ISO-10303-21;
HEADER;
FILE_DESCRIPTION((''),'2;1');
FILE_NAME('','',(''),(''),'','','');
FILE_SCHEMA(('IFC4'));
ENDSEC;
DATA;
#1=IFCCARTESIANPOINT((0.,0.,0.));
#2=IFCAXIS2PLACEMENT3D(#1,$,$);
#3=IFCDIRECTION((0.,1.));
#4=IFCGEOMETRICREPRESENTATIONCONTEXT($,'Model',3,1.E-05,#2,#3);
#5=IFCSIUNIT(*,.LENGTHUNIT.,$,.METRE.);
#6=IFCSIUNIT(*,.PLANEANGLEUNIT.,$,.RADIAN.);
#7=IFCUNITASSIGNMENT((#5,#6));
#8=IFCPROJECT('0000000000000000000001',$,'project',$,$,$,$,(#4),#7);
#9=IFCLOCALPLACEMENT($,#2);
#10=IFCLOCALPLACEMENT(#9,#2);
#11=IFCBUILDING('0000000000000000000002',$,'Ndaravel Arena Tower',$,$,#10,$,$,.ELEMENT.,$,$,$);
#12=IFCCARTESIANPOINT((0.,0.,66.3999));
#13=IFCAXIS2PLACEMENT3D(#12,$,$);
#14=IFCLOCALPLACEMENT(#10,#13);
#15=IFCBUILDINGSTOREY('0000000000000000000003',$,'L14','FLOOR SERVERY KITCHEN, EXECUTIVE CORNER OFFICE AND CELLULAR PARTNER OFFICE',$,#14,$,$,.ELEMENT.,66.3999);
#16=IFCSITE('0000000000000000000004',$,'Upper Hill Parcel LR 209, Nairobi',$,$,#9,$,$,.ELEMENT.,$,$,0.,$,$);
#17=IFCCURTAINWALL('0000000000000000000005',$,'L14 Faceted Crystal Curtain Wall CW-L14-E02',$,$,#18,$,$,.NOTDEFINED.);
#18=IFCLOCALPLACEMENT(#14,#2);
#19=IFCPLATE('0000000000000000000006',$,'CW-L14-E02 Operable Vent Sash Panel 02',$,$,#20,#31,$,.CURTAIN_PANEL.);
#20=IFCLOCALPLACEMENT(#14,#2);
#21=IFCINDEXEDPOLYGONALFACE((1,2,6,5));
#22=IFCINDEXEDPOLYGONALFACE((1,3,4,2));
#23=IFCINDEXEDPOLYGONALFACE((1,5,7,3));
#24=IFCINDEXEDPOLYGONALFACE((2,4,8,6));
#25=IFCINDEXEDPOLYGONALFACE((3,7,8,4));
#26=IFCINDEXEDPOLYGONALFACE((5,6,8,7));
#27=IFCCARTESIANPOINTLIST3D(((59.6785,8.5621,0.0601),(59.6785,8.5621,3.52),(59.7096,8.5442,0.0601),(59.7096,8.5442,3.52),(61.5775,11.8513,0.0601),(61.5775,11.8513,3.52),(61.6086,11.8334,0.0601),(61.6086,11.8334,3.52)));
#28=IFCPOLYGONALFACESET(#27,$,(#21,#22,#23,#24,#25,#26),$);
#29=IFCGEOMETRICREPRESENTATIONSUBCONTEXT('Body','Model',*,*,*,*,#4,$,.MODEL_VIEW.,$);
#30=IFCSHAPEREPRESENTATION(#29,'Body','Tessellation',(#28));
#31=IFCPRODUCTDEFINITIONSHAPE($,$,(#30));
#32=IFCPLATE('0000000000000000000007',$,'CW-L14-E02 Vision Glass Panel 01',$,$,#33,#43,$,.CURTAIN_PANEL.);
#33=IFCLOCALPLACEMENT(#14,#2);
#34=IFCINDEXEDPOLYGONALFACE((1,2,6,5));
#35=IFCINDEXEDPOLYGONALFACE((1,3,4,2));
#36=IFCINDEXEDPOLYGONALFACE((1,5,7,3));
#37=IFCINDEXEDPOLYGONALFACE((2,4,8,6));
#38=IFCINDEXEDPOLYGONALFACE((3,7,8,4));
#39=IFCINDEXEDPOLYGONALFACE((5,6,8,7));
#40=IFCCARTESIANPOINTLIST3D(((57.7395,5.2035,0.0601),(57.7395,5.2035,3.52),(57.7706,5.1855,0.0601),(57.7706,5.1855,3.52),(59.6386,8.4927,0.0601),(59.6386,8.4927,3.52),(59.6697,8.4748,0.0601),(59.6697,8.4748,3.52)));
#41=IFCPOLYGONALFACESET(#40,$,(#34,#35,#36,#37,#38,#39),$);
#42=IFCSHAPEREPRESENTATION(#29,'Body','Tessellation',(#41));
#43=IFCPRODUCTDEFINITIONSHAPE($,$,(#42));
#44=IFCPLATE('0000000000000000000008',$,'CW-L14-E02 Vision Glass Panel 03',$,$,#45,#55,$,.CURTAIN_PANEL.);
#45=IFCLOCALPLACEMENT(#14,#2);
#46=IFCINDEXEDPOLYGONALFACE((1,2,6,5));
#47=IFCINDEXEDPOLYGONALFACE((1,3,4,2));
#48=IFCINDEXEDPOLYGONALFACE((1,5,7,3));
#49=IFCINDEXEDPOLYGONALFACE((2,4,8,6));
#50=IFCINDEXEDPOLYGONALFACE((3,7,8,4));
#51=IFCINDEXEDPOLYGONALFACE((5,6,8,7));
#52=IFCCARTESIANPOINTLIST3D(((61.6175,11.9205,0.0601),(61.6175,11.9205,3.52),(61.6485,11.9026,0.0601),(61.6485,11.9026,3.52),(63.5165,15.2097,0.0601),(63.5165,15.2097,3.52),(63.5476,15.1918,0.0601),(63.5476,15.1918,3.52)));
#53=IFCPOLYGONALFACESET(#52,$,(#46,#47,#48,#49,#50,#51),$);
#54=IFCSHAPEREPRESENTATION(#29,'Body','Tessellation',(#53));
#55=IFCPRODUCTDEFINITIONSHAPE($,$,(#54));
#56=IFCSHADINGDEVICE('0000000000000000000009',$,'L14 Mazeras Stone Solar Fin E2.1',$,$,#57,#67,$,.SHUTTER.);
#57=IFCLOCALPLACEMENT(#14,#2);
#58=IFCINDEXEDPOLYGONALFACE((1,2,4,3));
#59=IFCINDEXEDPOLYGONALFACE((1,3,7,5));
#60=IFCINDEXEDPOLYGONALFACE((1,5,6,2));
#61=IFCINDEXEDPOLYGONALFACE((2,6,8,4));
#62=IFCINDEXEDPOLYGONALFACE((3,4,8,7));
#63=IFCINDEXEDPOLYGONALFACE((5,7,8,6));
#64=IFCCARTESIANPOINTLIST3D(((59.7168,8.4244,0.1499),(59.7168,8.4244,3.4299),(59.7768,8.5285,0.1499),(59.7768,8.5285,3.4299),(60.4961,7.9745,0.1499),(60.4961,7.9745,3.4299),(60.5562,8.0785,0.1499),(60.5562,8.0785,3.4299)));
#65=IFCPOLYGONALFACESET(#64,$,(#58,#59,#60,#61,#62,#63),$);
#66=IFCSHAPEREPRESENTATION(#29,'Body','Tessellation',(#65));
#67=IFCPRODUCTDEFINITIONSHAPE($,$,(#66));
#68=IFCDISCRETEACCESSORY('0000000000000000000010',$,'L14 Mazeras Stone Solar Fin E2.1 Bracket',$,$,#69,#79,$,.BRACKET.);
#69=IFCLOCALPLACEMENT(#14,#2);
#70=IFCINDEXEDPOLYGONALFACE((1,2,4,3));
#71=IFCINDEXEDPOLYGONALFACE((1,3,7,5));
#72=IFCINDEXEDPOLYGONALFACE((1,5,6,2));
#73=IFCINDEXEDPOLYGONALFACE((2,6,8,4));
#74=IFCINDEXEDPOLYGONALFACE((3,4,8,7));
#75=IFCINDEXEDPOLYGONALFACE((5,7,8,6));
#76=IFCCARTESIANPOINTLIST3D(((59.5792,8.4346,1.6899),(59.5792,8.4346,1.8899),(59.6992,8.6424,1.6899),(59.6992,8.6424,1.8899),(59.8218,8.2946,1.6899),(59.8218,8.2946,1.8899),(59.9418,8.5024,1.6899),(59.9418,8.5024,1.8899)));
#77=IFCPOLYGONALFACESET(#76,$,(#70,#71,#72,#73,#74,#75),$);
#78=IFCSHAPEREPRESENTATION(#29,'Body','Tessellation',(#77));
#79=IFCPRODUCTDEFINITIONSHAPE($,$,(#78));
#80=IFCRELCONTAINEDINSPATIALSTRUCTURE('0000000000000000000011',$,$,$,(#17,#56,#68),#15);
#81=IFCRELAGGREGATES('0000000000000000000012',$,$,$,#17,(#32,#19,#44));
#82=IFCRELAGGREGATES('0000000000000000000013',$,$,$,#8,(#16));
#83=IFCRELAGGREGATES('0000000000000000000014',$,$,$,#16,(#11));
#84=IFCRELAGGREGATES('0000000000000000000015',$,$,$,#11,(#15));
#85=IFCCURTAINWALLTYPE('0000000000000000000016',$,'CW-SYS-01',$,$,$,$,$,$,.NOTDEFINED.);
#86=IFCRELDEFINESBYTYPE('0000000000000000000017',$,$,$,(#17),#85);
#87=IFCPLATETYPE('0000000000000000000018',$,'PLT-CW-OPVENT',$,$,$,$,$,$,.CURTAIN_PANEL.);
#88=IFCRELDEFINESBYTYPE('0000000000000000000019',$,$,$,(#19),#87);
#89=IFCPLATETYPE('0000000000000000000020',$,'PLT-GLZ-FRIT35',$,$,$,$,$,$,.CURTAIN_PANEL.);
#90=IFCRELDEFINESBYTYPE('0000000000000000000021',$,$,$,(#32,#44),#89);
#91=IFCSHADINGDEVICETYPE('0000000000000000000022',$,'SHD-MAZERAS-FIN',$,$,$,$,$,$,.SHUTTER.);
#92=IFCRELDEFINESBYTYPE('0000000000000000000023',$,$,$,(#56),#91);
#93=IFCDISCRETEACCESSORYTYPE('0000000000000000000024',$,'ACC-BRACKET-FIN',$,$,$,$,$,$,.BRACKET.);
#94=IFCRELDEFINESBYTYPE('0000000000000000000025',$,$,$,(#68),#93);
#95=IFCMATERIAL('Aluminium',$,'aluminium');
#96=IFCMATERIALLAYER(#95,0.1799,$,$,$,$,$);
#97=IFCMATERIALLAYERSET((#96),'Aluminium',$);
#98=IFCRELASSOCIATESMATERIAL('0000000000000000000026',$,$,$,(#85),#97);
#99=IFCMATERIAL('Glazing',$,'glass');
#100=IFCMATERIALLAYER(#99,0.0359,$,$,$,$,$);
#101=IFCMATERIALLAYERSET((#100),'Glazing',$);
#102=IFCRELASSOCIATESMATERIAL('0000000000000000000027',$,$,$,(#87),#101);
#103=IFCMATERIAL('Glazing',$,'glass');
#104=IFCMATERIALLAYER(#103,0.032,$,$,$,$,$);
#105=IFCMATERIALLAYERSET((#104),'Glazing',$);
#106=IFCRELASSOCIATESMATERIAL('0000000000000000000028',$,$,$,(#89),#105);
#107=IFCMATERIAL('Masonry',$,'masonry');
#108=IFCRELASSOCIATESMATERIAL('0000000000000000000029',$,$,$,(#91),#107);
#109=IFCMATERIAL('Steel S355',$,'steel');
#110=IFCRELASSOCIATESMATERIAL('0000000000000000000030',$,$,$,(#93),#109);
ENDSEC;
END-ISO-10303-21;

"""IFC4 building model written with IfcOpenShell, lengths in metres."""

from ifc_helpers import new_model, si_unit, direction, frame, origin, origin_2d, place, context, subcontext, project, spatial, rectangle, extrude, material, layer, layer_set, type_object, element, aggregate, save


model = new_model("IFC4")

# Units and contexts
model_context = context("Model", 3, precision=1e-05, world=origin(), true_north=direction((0.0, 1.0)))
body_context = subcontext(model_context, "Body", "Model", "MODEL_VIEW")
ifc_project = project(units=[si_unit("LENGTHUNIT", "METRE"), si_unit("PLANEANGLEUNIT", "RADIAN")], contexts=[model_context])

# Site, building, storey
site_placement = place(None, origin())
site = spatial("IfcSite", under=ifc_project, at=site_placement, Name="Upper Hill Parcel LR 209, Nairobi", CompositionType="ELEMENT", RefElevation=0.0)
building_placement = place(site_placement, origin())
building = spatial("IfcBuilding", under=site, at=building_placement, Name="Ndaravel Arena Tower", CompositionType="ELEMENT")
storey_placement = place(building_placement, frame((0.0, 0.0, 66.3999)))
storey = spatial("IfcBuildingStorey", under=building, at=storey_placement, Name="L14", Description="FLOOR SERVERY KITCHEN, EXECUTIVE CORNER OFFICE AND CELLULAR PARTNER OFFICE", CompositionType="ELEMENT", Elevation=66.3999)

# Curtain wall, plates
ifc_material_1 = material(Name="Aluminium", Category="aluminium")
ifc_layer_1 = layer(ifc_material_1, 0.1799)
ifc_layer_set_1 = layer_set([ifc_layer_1], Name="Aluminium")
curtain_wall_type = type_object("IfcCurtainWallType", Name="CW-SYS-01", PredefinedType="NOTDEFINED", material=ifc_layer_set_1)
curtain_wall_placement = place(storey_placement, origin())
curtain_wall = element("IfcCurtainWall", 1, at=curtain_wall_placement, inside=storey, type_object=curtain_wall_type, Name="L14 Faceted Crystal Curtain Wall CW-L14-E02", PredefinedType="NOTDEFINED")
ifc_material_2 = material(Name="Glazing", Category="glass")
ifc_layer_2 = layer(ifc_material_2, 0.0359)
ifc_layer_set_2 = layer_set([ifc_layer_2], Name="Glazing")
plate_type_1 = type_object("IfcPlateType", Name="PLT-CW-OPVENT", PredefinedType="CURTAIN_PANEL", material=ifc_layer_set_2)
plate_1_placement = place(storey_placement, frame((60.6436, 10.1978, 0.0601), z_axis=(0.0, 0.0, 1.0), x_axis=(0.5, 0.866025, 0.0)))
plate_1 = element("IfcPlate", 2, at=plate_1_placement, type_object=plate_type_1, Name="CW-L14-E02 Operable Vent Sash Panel 02", PredefinedType="CURTAIN_PANEL", context=body_context, shape_type="SweptSolid", body=[
    extrude(rectangle(XDim=3.7981, YDim=0.0359, at=origin_2d()), origin(), (0.0, 0.0, 1.0), 3.46),
])
ifc_material_3 = material(Name="Glazing", Category="glass")
ifc_layer_3 = layer(ifc_material_3, 0.032)
ifc_layer_set_3 = layer_set([ifc_layer_3], Name="Glazing")
plate_type_2 = type_object("IfcPlateType", Name="PLT-GLZ-FRIT35", PredefinedType="CURTAIN_PANEL", material=ifc_layer_set_3)
plate_2_placement = place(storey_placement, frame((58.7046, 6.8391, 0.0601), z_axis=(0.0, 0.0, 1.0), x_axis=(0.5, 0.866025, 0.0)))
plate_2 = element("IfcPlate", 3, at=plate_2_placement, type_object=plate_type_2, Name="CW-L14-E02 Vision Glass Panel 01", PredefinedType="CURTAIN_PANEL", context=body_context, shape_type="SweptSolid", body=[
    extrude(rectangle(XDim=3.7981, YDim=0.0359, at=origin_2d()), origin(), (0.0, 0.0, 1.0), 3.46),
])
plate_3_placement = place(storey_placement, frame((62.5825, 13.5562, 0.0601), z_axis=(0.0, 0.0, 1.0), x_axis=(0.5, 0.866025, 0.0)))
plate_3 = element("IfcPlate", 4, at=plate_3_placement, type_object=plate_type_2, Name="CW-L14-E02 Vision Glass Panel 03", PredefinedType="CURTAIN_PANEL", context=body_context, shape_type="SweptSolid", body=[
    extrude(rectangle(XDim=3.7981, YDim=0.0359, at=origin_2d()), origin(), (0.0, 0.0, 1.0), 3.46),
])
aggregate(curtain_wall, [plate_2, plate_1, plate_3])

# Shading device
ifc_material_4 = material(Name="Masonry", Category="masonry")
shading_device_type = type_object("IfcShadingDeviceType", Name="SHD-MAZERAS-FIN", PredefinedType="SHUTTER", material=ifc_material_4)
shading_device_placement = place(storey_placement, frame((60.1365, 8.2515, 0.1499), z_axis=(0.0, 0.0, 1.0), x_axis=(0.866025, -0.5, 0.0)))
element("IfcShadingDevice", 5, at=shading_device_placement, inside=storey, type_object=shading_device_type, Name="L14 Mazeras Stone Solar Fin E2.1", PredefinedType="SHUTTER", context=body_context, shape_type="SweptSolid", body=[
    extrude(rectangle(XDim=0.8999, YDim=0.1201, at=origin_2d()), origin(), (0.0, 0.0, 1.0), 3.28),
])

# Discrete accessory
ifc_material_5 = material(Name="Steel S355", Category="steel")
discrete_accessory_type = type_object("IfcDiscreteAccessoryType", Name="ACC-BRACKET-FIN", PredefinedType="BRACKET", material=ifc_material_5)
discrete_accessory_placement = place(storey_placement, frame((59.7605, 8.4685, 1.6899), z_axis=(0.0, 0.0, 1.0), x_axis=(0.866025, -0.5, 0.0)))
element("IfcDiscreteAccessory", 6, at=discrete_accessory_placement, inside=storey, type_object=discrete_accessory_type, Name="L14 Mazeras Stone Solar Fin E2.1 Bracket", PredefinedType="BRACKET", context=body_context, shape_type="SweptSolid", body=[
    extrude(rectangle(XDim=0.28, YDim=0.24, at=origin_2d()), origin(), (0.0, 0.0, 1.0), 0.2),
])

save(model, "model.ifc")
